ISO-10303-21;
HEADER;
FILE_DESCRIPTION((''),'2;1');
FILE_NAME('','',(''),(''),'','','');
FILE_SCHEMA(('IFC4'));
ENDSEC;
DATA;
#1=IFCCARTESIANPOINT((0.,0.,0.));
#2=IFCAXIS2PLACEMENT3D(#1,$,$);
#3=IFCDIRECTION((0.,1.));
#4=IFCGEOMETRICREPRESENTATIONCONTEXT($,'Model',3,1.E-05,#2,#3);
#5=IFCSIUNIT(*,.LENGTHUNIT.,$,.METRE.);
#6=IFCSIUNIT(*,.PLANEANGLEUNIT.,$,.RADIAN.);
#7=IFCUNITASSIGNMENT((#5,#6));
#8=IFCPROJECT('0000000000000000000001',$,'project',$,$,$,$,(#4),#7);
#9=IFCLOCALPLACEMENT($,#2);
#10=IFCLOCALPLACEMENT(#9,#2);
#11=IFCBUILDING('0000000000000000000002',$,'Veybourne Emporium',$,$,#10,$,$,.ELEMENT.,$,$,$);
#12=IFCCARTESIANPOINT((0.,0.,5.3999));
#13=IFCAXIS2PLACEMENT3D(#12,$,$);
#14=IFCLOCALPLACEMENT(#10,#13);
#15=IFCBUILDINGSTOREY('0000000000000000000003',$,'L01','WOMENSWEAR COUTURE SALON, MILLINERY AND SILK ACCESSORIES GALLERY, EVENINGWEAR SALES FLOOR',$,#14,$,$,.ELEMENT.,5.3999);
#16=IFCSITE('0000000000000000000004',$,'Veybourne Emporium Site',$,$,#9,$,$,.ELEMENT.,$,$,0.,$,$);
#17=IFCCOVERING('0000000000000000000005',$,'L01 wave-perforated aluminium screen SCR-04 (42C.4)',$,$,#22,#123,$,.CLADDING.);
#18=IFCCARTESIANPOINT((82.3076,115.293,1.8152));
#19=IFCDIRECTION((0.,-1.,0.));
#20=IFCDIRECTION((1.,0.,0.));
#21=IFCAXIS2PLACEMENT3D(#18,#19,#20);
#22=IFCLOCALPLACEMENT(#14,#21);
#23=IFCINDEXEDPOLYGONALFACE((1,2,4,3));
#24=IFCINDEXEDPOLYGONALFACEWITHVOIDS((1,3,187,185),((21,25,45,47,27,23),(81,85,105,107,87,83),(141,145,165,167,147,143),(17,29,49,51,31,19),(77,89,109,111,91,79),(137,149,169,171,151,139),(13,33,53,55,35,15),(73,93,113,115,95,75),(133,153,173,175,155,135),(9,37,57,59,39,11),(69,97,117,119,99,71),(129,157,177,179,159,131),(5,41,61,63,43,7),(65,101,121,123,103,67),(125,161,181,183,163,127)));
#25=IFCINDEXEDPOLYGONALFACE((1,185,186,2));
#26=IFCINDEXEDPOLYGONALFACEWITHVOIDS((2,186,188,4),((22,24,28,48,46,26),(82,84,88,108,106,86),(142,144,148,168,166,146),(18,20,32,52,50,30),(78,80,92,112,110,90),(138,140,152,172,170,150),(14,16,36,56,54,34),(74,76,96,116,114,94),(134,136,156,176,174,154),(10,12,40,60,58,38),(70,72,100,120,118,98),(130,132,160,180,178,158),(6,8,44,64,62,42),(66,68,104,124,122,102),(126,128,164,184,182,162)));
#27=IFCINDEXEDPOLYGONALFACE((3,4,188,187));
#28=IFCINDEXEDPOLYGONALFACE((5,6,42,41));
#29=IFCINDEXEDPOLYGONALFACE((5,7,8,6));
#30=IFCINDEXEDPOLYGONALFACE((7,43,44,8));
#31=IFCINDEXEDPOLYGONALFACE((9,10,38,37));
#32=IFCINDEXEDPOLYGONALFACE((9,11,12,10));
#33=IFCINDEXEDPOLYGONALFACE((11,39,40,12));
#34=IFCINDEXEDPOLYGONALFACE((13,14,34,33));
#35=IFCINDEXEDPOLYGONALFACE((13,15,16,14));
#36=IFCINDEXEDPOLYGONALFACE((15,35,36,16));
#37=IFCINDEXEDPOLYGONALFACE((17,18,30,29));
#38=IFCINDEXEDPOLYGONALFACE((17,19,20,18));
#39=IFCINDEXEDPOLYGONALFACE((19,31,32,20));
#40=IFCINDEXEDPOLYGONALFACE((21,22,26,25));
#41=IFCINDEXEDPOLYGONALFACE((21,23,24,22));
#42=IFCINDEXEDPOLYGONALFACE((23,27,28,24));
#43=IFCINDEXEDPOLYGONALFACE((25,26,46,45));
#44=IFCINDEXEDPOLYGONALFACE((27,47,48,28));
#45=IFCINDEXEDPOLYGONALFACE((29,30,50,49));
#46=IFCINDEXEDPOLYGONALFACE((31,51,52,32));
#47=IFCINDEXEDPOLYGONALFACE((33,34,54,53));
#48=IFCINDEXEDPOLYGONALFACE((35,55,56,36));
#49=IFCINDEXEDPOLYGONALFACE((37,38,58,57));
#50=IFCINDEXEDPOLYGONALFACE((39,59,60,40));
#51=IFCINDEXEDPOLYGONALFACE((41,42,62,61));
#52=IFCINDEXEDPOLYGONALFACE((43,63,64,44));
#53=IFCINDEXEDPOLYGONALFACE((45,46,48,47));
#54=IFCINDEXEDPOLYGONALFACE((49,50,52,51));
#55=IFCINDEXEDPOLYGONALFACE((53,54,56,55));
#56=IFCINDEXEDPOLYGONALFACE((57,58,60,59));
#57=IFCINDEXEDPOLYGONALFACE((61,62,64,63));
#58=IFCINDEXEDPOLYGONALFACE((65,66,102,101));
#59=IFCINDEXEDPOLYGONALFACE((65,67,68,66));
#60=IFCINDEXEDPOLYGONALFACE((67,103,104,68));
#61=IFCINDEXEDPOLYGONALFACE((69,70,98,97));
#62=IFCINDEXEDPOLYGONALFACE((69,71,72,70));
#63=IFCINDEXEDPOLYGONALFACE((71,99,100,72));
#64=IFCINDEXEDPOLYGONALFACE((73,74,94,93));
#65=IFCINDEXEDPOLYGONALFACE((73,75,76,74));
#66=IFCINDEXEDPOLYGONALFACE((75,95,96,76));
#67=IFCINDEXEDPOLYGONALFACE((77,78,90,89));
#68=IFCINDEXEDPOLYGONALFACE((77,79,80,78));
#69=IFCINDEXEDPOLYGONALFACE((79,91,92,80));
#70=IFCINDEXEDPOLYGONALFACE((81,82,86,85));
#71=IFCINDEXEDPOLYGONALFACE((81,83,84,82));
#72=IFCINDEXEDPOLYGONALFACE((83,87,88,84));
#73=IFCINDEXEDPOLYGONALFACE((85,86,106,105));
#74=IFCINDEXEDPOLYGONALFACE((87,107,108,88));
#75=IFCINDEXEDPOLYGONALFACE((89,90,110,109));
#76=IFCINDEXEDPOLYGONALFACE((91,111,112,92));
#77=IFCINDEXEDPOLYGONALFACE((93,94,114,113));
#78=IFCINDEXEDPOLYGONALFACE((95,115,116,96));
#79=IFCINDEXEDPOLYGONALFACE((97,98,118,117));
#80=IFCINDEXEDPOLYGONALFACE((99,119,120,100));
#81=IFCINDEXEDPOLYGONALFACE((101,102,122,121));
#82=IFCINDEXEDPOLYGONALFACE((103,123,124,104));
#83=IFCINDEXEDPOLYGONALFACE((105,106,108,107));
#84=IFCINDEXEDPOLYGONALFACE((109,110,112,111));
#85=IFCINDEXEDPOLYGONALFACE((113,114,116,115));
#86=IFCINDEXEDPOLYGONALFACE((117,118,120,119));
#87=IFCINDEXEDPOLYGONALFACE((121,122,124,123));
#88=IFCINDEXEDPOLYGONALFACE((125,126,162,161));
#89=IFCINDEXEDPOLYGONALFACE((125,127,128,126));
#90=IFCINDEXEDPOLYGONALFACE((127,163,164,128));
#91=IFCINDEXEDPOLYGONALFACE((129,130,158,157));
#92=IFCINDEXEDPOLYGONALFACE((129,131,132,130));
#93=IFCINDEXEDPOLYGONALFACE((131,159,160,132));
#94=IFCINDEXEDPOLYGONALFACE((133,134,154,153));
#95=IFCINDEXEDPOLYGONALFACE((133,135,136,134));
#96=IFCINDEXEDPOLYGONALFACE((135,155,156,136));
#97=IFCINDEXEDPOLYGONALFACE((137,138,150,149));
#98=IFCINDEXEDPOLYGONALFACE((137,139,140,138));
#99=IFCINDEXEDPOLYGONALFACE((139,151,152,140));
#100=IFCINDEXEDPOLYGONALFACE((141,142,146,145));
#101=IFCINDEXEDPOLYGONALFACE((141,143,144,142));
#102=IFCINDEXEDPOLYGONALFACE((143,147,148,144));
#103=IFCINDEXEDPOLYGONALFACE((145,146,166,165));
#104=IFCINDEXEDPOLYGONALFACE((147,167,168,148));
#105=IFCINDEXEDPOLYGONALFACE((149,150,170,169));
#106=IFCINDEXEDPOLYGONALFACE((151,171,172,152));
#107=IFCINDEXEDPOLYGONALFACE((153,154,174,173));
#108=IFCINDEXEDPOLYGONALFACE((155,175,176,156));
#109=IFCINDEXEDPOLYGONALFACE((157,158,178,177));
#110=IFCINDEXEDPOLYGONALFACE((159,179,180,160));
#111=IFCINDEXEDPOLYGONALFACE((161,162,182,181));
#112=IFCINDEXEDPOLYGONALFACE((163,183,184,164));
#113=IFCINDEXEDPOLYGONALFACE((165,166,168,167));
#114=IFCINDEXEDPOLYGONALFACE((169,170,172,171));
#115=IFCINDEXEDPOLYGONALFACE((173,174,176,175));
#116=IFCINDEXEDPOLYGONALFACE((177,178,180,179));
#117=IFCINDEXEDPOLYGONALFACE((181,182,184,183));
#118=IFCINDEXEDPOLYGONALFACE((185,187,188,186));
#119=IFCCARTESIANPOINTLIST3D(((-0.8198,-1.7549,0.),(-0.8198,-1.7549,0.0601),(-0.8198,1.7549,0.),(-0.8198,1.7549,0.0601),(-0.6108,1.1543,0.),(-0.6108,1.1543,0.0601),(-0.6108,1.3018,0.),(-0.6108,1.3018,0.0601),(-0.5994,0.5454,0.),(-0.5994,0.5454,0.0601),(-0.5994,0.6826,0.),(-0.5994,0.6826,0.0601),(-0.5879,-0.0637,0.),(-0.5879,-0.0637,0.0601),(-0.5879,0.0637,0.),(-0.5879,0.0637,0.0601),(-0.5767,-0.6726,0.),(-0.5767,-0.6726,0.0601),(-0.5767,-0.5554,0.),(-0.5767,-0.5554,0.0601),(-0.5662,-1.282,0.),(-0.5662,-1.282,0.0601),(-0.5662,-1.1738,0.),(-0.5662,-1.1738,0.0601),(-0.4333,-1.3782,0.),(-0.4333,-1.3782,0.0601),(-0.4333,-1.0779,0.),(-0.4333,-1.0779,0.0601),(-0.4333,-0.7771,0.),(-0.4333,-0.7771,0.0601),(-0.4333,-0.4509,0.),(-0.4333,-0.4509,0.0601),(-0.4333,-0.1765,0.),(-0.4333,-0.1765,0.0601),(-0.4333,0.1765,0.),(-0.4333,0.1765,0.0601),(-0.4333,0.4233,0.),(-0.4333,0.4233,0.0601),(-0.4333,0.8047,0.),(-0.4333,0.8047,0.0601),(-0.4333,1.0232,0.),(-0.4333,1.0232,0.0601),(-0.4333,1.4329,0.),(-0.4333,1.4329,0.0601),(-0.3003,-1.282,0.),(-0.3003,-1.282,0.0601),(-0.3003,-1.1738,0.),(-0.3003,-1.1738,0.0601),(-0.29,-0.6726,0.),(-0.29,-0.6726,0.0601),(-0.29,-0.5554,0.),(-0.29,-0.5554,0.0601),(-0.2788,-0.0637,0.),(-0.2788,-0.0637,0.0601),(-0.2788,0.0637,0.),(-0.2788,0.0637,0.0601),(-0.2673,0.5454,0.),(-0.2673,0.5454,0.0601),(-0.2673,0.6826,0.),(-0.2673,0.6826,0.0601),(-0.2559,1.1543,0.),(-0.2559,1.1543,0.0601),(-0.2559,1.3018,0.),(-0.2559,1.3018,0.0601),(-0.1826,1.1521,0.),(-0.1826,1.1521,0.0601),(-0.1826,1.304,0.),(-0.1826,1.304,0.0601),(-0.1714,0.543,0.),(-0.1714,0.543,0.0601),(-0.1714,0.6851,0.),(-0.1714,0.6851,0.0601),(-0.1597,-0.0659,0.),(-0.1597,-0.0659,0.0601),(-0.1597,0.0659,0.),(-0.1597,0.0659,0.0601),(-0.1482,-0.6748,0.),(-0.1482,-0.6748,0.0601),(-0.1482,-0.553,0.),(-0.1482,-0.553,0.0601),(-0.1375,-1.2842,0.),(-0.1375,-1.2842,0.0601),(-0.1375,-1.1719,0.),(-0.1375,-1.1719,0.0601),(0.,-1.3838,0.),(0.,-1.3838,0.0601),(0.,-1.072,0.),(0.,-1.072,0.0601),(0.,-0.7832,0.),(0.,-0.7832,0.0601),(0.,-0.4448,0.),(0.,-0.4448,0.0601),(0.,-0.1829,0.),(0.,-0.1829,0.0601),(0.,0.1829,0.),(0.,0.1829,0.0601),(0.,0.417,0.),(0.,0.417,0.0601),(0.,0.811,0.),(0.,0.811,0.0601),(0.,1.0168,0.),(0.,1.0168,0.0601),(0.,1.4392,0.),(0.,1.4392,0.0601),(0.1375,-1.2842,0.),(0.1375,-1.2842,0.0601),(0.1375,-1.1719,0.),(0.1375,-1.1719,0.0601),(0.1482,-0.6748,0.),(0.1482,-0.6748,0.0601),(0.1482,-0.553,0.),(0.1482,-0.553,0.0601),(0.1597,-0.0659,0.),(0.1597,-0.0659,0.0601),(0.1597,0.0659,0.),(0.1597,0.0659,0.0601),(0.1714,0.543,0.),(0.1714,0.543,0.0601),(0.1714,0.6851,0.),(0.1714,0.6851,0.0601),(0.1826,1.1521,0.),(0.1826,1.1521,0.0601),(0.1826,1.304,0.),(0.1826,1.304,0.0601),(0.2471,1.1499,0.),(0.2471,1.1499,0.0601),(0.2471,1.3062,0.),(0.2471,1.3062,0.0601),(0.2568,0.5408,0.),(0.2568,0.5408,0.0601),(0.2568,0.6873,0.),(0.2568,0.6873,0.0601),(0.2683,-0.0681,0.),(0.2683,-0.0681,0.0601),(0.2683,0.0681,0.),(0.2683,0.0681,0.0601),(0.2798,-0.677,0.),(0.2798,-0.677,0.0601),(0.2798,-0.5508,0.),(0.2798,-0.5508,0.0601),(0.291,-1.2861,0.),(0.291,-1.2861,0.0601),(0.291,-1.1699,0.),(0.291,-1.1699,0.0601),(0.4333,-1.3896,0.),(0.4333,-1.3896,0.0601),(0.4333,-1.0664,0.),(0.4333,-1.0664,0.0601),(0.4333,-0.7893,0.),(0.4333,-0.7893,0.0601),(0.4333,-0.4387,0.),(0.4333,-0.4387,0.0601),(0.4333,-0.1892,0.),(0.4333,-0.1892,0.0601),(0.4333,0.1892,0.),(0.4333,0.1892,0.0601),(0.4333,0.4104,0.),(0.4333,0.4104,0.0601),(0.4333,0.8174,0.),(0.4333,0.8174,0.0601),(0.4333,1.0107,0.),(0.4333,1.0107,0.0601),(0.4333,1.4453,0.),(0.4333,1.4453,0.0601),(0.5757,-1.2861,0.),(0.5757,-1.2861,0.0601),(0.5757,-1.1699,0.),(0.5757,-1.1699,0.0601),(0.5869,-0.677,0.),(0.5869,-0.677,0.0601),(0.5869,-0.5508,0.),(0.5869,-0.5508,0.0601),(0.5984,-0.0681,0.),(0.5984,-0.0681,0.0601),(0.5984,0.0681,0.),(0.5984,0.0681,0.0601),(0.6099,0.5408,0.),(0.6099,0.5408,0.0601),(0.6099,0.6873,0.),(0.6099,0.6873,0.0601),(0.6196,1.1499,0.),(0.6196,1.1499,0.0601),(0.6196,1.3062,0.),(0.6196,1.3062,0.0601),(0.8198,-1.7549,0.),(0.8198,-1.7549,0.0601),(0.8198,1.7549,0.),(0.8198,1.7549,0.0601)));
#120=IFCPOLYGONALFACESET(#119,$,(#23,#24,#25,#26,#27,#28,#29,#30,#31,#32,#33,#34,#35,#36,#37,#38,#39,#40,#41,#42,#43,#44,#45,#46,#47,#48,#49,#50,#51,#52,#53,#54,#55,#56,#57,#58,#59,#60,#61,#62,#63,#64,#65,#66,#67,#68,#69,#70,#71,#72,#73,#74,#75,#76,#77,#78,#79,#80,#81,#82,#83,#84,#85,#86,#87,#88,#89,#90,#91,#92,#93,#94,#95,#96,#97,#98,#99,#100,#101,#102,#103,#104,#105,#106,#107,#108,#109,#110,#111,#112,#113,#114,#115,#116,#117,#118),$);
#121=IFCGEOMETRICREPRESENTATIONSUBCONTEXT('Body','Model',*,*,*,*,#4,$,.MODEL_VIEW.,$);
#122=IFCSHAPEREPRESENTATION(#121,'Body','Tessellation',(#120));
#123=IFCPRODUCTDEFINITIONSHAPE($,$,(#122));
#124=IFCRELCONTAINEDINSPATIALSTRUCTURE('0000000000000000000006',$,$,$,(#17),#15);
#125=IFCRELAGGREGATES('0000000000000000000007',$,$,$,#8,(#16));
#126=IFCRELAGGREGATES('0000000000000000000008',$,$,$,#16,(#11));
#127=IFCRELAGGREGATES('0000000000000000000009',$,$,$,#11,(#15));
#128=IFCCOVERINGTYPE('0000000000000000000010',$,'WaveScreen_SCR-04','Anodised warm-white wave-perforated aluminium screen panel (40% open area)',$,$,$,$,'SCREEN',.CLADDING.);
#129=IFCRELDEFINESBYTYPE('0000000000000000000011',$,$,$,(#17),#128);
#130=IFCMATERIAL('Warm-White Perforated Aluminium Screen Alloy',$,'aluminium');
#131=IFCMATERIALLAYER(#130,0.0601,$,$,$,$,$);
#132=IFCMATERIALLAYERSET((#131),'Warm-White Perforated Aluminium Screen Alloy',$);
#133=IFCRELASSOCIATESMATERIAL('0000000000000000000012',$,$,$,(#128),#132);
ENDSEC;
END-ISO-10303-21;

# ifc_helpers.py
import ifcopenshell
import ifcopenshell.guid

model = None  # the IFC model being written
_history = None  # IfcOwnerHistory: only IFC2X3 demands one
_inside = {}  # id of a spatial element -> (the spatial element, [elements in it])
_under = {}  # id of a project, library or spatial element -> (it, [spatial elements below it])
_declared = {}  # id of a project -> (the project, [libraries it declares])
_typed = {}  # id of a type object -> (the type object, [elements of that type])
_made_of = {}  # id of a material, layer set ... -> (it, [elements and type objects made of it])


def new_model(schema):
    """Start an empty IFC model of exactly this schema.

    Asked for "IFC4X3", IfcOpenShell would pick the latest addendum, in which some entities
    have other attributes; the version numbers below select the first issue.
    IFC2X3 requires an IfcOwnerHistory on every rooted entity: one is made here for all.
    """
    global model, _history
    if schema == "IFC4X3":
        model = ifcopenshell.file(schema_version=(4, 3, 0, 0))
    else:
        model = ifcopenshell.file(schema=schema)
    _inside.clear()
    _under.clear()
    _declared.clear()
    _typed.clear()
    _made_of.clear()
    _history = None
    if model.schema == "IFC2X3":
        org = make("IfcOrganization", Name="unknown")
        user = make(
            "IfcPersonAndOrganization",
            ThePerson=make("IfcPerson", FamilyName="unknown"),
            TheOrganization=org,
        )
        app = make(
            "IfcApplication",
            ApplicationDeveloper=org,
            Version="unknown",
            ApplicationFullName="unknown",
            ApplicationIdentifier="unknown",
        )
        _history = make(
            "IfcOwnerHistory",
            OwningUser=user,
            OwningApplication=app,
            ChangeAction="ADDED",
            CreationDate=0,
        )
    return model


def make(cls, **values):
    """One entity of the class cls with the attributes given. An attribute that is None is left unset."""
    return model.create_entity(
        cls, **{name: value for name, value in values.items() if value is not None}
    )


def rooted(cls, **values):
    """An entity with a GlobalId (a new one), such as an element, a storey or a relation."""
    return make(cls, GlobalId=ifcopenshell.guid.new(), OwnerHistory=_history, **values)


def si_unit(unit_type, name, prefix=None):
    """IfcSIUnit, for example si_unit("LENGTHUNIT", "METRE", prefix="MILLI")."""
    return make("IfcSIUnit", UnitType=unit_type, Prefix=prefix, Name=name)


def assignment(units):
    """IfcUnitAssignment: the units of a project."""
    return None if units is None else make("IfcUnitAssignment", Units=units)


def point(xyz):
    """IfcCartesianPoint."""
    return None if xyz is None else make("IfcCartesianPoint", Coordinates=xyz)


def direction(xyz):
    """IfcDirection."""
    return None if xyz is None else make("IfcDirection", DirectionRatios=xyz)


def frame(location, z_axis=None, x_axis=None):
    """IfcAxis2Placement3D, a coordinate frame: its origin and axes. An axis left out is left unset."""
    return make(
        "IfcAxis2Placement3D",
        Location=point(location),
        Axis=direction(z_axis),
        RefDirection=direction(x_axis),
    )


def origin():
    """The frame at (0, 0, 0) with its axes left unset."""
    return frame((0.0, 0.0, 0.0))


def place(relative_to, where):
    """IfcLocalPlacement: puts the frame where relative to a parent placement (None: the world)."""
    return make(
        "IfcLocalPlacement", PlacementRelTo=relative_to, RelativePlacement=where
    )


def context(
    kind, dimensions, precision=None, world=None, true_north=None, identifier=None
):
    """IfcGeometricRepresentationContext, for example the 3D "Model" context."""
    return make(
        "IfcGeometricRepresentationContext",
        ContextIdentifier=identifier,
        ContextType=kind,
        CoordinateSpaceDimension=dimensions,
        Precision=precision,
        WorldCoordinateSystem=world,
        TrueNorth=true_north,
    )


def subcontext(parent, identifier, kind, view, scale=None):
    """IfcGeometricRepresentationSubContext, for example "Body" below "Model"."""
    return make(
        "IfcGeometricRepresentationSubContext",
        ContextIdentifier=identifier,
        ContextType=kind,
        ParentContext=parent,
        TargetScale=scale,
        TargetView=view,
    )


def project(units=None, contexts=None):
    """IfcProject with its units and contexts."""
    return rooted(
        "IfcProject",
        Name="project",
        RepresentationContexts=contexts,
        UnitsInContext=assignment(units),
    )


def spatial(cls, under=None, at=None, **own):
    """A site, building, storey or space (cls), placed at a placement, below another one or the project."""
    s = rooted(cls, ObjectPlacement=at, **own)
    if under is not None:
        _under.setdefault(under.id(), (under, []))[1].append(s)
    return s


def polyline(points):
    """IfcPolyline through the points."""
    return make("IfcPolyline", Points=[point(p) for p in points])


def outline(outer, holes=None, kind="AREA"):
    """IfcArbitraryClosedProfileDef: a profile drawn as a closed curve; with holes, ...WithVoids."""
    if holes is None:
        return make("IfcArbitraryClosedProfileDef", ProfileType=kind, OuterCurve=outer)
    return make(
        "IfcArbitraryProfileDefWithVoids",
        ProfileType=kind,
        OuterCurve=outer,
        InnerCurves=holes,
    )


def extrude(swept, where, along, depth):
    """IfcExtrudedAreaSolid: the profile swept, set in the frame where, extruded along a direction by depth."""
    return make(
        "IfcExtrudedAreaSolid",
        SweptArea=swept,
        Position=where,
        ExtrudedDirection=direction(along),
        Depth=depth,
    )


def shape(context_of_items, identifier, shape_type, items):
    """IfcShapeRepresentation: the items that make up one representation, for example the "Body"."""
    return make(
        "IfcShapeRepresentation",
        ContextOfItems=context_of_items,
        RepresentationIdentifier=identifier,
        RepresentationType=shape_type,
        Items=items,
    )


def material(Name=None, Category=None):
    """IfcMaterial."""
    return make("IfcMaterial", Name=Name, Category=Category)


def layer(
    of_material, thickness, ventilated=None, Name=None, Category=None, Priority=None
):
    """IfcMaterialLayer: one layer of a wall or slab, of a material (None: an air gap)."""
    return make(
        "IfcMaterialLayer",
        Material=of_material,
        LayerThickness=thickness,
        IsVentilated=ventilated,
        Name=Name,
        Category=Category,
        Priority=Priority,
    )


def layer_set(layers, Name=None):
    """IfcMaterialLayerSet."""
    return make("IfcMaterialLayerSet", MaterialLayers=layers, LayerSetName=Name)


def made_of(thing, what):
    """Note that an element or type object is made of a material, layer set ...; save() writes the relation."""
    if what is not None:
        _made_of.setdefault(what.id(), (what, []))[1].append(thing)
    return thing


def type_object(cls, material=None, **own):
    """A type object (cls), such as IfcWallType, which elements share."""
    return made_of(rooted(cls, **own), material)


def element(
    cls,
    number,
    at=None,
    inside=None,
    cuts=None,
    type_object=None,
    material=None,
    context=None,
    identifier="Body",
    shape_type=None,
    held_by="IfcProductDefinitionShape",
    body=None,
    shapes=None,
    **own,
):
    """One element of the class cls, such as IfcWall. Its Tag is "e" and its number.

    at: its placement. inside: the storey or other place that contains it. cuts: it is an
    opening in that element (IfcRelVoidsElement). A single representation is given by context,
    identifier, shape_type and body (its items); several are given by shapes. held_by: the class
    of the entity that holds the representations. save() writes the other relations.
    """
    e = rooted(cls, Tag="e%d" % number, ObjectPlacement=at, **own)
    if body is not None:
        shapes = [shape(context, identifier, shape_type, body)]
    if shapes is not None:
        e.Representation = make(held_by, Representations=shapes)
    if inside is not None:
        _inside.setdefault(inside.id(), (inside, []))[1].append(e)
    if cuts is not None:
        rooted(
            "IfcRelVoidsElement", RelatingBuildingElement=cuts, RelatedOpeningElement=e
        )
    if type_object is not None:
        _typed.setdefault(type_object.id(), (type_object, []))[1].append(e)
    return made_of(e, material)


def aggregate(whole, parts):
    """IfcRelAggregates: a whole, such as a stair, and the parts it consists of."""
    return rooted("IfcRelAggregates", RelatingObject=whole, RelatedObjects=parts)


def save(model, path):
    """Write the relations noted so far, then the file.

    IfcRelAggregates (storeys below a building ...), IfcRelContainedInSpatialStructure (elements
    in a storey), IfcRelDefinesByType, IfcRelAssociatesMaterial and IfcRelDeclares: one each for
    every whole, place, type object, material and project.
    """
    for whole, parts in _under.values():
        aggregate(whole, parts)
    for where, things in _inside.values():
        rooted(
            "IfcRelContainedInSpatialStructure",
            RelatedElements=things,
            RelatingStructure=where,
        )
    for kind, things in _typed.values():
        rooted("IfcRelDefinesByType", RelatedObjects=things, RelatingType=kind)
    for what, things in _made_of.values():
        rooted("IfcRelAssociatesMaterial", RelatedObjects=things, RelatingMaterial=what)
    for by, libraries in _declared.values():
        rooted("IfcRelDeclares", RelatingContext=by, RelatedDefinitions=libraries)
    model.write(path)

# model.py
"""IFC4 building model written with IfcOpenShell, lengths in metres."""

from ifc_helpers import new_model, si_unit, direction, frame, origin, place, context, subcontext, project, spatial, polyline, outline, extrude, material, layer, layer_set, type_object, element, save


model = new_model("IFC4")

# Units and contexts
model_context = context("Model", 3, precision=1e-05, world=origin(), true_north=direction((0.0, 1.0)))
body_context = subcontext(model_context, "Body", "Model", "MODEL_VIEW")
ifc_project = project(units=[si_unit("LENGTHUNIT", "METRE"), si_unit("PLANEANGLEUNIT", "RADIAN")], contexts=[model_context])

# Site, building, storey
site_placement = place(None, origin())
site = spatial("IfcSite", under=ifc_project, at=site_placement, Name="Veybourne Emporium Site", CompositionType="ELEMENT", RefElevation=0.0)
building_placement = place(site_placement, origin())
building = spatial("IfcBuilding", under=site, at=building_placement, Name="Veybourne Emporium", CompositionType="ELEMENT")
storey_placement = place(building_placement, frame((0.0, 0.0, 5.3999)))
storey = spatial("IfcBuildingStorey", under=building, at=storey_placement, Name="L01", Description="WOMENSWEAR COUTURE SALON, MILLINERY AND SILK ACCESSORIES GALLERY, EVENINGWEAR SALES FLOOR", CompositionType="ELEMENT", Elevation=5.3999)

# Covering
ifc_material_1 = material(Name="Warm-White Perforated Aluminium Screen Alloy", Category="aluminium")
ifc_layer_1 = layer(ifc_material_1, 0.0601)
ifc_layer_set_1 = layer_set([ifc_layer_1], Name="Warm-White Perforated Aluminium Screen Alloy")
covering_type_1 = type_object("IfcCoveringType", Name="WaveScreen_SCR-04", Description="Anodised warm-white wave-perforated aluminium screen panel (40% open area)", ElementType="SCREEN", PredefinedType="CLADDING", material=ifc_layer_set_1)
covering_1_placement = place(storey_placement, frame((82.3076, 115.293, 1.8152), z_axis=(0.0, -1.0, 0.0), x_axis=(1.0, 0.0, 0.0)))
element("IfcCovering", 1, at=covering_1_placement, inside=storey, type_object=covering_type_1, Name="L01 wave-perforated aluminium screen SCR-04 (42C.4)", PredefinedType="CLADDING", context=body_context, shape_type="SweptSolid", body=[
    extrude(outline(polyline([(-0.8198, -1.7549), (0.8198, -1.7549), (0.8198, 1.7549), (-0.8198, 1.7549), (-0.8198, -1.7549)]), holes=[polyline([(-0.4333, -1.0779), (-0.3003, -1.1738), (-0.3003, -1.282), (-0.4333, -1.3782), (-0.5662, -1.282), (-0.5662, -1.1738), (-0.4333, -1.0779)]), polyline([(-0.4333, -0.4509), (-0.29, -0.5554), (-0.29, -0.6726), (-0.4333, -0.7771), (-0.5767, -0.6726), (-0.5767, -0.5554), (-0.4333, -0.4509)]), polyline([(-0.4333, 0.1765), (-0.2788, 0.0637), (-0.2788, -0.0637), (-0.4333, -0.1765), (-0.5879, -0.0637), (-0.5879, 0.0637), (-0.4333, 0.1765)]), polyline([(-0.4333, 0.8047), (-0.2673, 0.6826), (-0.2673, 0.5454), (-0.4333, 0.4233), (-0.5994, 0.5454), (-0.5994, 0.6826), (-0.4333, 0.8047)]), polyline([(-0.4333, 1.4329), (-0.2559, 1.3018), (-0.2559, 1.1543), (-0.4333, 1.0232), (-0.6108, 1.1543), (-0.6108, 1.3018), (-0.4333, 1.4329)]), polyline([(0.0, -1.072), (0.1375, -1.1719), (0.1375, -1.2842), (0.0, -1.3838), (-0.1375, -1.2842), (-0.1375, -1.1719), (0.0, -1.072)]), polyline([(0.0, -0.4448), (0.1482, -0.553), (0.1482, -0.6748), (0.0, -0.7832), (-0.1482, -0.6748), (-0.1482, -0.553), (0.0, -0.4448)]), polyline([(0.0, 0.1829), (0.1597, 0.0659), (0.1597, -0.0659), (0.0, -0.1829), (-0.1597, -0.0659), (-0.1597, 0.0659), (0.0, 0.1829)]), polyline([(0.0, 0.811), (0.1714, 0.6851), (0.1714, 0.543), (0.0, 0.417), (-0.1714, 0.543), (-0.1714, 0.6851), (0.0, 0.811)]), polyline([(0.0, 1.4392), (0.1826, 1.304), (0.1826, 1.1521), (0.0, 1.0168), (-0.1826, 1.1521), (-0.1826, 1.304), (0.0, 1.4392)]), polyline([(0.4333, -1.0664), (0.5757, -1.1699), (0.5757, -1.2861), (0.4333, -1.3896), (0.291, -1.2861), (0.291, -1.1699), (0.4333, -1.0664)]), polyline([(0.4333, -0.4387), (0.5869, -0.5508), (0.5869, -0.677), (0.4333, -0.7893), (0.2798, -0.677), (0.2798, -0.5508), (0.4333, -0.4387)]), polyline([(0.4333, 0.1892), (0.5984, 0.0681), (0.5984, -0.0681), (0.4333, -0.1892), (0.2683, -0.0681), (0.2683, 0.0681), (0.4333, 0.1892)]), polyline([(0.4333, 0.8174), (0.6099, 0.6873), (0.6099, 0.5408), (0.4333, 0.4104), (0.2568, 0.5408), (0.2568, 0.6873), (0.4333, 0.8174)]), polyline([(0.4333, 1.4453), (0.6196, 1.3062), (0.6196, 1.1499), (0.4333, 1.0107), (0.2471, 1.1499), (0.2471, 1.3062), (0.4333, 1.4453)])]), origin(), (0.0, 0.0, 1.0), 0.0601),
])

save(model, "model.ifc")
